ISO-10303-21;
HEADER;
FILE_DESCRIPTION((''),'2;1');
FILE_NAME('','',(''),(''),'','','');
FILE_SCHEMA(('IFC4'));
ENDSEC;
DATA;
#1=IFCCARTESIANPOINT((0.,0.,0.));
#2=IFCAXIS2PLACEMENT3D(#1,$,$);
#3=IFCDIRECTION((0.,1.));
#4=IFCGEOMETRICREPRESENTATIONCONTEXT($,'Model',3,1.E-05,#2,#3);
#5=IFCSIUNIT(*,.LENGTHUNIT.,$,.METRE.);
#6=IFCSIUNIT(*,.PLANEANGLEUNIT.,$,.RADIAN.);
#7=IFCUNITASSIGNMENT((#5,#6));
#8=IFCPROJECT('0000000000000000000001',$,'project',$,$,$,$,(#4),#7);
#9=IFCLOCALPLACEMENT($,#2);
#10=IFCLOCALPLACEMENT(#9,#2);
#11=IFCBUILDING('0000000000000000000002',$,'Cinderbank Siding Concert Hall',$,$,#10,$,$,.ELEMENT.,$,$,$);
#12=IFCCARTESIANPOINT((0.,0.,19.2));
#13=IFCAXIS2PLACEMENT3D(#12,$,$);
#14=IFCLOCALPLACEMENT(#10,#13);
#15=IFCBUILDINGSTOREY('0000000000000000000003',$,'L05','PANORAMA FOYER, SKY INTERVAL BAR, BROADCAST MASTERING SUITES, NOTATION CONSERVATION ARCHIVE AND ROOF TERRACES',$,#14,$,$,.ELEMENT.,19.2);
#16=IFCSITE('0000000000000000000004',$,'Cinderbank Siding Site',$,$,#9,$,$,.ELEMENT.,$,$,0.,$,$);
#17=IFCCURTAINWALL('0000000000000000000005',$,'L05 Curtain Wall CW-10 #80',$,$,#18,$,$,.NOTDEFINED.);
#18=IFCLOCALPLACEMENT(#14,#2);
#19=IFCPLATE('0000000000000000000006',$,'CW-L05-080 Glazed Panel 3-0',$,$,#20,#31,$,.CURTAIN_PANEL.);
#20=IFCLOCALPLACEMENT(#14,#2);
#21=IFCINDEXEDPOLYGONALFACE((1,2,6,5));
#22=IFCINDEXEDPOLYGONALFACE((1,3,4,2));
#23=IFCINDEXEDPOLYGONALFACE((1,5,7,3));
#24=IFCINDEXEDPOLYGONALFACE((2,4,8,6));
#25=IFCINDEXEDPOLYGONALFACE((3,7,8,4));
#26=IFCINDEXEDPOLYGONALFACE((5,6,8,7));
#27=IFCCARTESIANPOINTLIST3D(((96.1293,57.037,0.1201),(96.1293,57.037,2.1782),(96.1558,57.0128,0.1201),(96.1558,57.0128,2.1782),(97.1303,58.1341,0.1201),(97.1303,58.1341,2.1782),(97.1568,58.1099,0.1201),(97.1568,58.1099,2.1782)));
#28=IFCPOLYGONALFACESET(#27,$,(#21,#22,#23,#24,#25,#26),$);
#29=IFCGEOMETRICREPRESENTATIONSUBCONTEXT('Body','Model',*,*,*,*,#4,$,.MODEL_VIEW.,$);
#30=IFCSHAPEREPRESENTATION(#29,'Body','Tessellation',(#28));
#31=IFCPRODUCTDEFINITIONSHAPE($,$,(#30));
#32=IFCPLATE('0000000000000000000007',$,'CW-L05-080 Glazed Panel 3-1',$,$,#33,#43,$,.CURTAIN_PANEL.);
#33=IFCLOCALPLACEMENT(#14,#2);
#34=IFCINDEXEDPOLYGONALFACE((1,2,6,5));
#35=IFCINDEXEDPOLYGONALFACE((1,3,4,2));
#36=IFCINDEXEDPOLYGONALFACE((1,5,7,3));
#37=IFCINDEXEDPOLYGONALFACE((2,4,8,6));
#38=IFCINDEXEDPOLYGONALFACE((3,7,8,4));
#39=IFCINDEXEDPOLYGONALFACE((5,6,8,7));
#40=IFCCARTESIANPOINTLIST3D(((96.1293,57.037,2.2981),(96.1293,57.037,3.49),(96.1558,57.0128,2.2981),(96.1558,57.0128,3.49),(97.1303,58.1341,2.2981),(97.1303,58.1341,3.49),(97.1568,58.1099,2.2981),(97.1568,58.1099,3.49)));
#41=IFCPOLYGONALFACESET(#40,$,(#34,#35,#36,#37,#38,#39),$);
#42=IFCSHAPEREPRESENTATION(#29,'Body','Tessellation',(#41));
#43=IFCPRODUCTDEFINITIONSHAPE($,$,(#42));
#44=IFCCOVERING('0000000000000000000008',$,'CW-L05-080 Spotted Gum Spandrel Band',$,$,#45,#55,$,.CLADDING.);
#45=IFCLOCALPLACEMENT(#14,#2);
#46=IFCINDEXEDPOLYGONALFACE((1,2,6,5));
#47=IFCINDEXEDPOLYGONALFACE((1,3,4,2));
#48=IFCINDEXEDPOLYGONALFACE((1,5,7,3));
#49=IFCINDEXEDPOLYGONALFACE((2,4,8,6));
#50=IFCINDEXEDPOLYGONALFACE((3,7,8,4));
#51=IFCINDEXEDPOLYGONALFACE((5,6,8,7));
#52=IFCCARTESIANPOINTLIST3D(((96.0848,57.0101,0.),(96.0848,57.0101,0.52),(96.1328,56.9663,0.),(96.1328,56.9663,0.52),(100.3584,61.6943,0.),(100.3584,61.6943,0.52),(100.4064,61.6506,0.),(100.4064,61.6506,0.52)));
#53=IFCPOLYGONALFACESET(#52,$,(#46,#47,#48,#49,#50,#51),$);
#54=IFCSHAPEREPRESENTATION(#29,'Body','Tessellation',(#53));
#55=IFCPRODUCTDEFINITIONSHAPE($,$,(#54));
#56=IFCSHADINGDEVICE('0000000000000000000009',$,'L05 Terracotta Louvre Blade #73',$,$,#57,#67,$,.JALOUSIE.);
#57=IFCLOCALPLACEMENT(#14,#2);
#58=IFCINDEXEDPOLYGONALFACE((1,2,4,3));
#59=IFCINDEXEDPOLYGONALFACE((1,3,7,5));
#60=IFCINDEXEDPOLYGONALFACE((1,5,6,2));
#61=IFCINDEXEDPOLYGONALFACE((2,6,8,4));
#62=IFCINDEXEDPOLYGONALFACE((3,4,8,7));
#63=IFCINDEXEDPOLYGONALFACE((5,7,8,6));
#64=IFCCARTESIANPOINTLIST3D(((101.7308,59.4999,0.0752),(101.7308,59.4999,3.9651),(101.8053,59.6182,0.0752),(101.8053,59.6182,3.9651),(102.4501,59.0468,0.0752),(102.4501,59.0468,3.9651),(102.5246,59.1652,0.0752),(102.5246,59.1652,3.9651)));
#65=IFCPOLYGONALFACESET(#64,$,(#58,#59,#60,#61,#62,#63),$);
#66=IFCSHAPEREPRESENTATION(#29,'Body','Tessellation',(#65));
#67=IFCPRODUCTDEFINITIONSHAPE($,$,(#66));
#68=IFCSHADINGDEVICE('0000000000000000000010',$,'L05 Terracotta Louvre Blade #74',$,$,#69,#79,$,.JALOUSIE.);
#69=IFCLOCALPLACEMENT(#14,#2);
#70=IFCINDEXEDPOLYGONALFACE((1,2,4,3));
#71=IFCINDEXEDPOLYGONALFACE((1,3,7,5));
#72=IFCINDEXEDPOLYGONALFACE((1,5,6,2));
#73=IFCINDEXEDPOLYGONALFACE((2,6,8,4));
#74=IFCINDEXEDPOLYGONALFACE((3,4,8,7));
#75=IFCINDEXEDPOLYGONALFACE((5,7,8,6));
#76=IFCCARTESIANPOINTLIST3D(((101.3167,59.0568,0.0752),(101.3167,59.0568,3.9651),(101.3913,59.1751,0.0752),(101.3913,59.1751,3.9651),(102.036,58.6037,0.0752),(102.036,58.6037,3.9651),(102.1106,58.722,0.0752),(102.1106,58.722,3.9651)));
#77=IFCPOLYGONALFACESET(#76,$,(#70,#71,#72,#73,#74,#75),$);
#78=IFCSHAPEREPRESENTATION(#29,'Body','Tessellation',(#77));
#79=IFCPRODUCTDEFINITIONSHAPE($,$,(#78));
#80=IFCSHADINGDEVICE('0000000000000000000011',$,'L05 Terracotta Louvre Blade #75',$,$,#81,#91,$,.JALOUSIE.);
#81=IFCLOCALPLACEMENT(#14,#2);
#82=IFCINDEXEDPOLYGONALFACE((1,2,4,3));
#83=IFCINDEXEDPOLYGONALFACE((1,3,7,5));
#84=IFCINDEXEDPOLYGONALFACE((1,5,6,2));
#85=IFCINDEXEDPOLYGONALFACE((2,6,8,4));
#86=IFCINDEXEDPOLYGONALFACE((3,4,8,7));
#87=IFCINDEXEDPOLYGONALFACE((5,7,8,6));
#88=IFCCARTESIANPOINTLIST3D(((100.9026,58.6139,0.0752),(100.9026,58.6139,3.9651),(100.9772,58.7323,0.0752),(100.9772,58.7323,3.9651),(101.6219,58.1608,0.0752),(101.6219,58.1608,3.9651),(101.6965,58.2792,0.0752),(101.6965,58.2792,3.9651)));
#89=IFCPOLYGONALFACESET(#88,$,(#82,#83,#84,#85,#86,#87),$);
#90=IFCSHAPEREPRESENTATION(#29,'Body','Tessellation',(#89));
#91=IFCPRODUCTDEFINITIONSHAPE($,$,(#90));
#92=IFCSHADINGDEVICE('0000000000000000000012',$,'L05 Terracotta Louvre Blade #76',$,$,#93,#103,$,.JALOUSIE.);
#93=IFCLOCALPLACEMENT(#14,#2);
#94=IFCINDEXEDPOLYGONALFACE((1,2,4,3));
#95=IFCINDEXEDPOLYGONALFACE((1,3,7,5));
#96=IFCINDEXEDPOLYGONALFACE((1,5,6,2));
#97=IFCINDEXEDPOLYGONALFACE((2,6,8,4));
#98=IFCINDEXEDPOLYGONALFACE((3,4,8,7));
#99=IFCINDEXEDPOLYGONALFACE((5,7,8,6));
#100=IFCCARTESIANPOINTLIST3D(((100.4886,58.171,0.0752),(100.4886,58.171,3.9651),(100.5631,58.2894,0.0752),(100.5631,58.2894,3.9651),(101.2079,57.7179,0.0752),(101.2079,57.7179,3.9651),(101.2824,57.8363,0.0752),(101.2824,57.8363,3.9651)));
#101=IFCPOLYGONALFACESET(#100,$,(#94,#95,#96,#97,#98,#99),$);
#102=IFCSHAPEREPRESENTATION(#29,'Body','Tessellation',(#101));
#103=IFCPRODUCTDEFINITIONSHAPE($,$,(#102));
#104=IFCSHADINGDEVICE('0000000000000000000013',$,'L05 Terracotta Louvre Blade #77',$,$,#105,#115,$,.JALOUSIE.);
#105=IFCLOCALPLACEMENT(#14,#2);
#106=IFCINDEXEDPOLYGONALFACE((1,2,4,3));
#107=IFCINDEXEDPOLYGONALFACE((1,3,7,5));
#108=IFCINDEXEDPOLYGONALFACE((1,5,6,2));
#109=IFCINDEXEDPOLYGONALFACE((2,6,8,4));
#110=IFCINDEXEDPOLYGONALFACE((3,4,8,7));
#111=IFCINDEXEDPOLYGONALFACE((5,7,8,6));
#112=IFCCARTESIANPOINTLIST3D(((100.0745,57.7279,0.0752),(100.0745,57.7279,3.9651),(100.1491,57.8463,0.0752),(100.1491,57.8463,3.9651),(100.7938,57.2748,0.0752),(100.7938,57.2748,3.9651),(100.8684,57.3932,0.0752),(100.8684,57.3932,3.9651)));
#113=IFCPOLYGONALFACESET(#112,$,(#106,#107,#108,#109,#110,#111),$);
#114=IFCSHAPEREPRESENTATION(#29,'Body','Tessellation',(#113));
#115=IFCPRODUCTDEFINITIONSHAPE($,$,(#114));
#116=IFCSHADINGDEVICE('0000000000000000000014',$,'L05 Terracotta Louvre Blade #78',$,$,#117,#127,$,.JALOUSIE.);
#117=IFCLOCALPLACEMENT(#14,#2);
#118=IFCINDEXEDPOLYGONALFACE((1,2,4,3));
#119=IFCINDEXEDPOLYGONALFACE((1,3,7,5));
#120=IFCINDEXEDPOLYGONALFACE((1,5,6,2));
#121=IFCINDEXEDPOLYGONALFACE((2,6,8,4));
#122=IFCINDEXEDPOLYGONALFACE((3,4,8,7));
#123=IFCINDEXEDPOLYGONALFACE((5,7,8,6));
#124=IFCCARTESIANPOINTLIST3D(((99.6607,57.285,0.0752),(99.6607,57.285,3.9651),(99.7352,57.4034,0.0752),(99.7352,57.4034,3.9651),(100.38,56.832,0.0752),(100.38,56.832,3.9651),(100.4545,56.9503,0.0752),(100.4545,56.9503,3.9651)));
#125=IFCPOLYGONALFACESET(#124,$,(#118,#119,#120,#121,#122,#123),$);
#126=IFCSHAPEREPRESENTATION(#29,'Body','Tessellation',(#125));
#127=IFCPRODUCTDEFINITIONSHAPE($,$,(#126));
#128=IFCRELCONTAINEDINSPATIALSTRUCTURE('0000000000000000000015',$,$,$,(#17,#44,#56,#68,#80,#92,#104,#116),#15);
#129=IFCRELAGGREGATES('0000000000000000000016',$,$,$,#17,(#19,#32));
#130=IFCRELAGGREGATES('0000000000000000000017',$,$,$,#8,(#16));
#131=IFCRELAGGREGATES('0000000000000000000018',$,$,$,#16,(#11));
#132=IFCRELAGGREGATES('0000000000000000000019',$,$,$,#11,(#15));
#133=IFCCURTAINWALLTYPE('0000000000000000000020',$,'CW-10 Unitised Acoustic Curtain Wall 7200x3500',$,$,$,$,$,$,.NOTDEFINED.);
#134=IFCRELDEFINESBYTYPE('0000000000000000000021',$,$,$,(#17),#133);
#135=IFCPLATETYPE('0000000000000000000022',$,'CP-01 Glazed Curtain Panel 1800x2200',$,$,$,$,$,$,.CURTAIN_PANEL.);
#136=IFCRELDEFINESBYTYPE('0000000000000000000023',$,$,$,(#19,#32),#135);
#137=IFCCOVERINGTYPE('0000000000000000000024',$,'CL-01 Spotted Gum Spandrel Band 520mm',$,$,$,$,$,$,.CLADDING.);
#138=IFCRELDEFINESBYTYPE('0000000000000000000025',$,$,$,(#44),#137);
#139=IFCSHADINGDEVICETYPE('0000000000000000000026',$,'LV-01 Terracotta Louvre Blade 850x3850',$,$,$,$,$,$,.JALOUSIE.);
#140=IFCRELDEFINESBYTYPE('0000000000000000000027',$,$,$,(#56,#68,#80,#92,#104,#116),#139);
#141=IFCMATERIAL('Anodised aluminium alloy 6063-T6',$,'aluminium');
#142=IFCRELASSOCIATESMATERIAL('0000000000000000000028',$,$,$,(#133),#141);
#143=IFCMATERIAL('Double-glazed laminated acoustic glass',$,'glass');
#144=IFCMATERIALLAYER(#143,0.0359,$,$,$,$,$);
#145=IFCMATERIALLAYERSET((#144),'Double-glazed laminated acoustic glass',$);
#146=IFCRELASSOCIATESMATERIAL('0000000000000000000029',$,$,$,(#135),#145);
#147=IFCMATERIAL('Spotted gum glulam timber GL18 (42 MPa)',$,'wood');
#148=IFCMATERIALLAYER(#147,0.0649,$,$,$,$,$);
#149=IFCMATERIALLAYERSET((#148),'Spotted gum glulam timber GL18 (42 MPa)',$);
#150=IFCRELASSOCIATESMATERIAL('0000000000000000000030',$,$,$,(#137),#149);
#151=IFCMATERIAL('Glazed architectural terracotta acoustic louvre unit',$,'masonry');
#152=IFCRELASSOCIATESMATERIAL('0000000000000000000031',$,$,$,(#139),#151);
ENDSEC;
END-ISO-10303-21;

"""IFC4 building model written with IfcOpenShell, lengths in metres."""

from ifc_helpers import new_model, si_unit, direction, frame, origin, origin_2d, place, context, subcontext, project, spatial, rectangle, extrude, material, layer, layer_set, type_object, element, aggregate, save


model = new_model("IFC4")

# Units and contexts
model_context = context("Model", 3, precision=1e-05, world=origin(), true_north=direction((0.0, 1.0)))
body_context = subcontext(model_context, "Body", "Model", "MODEL_VIEW")
ifc_project = project(units=[si_unit("LENGTHUNIT", "METRE"), si_unit("PLANEANGLEUNIT", "RADIAN")], contexts=[model_context])

# Site, building, storey
site_placement = place(None, origin())
site = spatial("IfcSite", under=ifc_project, at=site_placement, Name="Cinderbank Siding Site", CompositionType="ELEMENT", RefElevation=0.0)
building_placement = place(site_placement, origin())
building = spatial("IfcBuilding", under=site, at=building_placement, Name="Cinderbank Siding Concert Hall", CompositionType="ELEMENT")
storey_placement = place(building_placement, frame((0.0, 0.0, 19.2)))
storey = spatial("IfcBuildingStorey", under=building, at=storey_placement, Name="L05", Description="PANORAMA FOYER, SKY INTERVAL BAR, BROADCAST MASTERING SUITES, NOTATION CONSERVATION ARCHIVE AND ROOF TERRACES", CompositionType="ELEMENT", Elevation=19.2)

# Curtain wall, plates
ifc_material_1 = material(Name="Anodised aluminium alloy 6063-T6", Category="aluminium")
curtain_wall_type = type_object("IfcCurtainWallType", Name="CW-10 Unitised Acoustic Curtain Wall 7200x3500", PredefinedType="NOTDEFINED", material=ifc_material_1)
curtain_wall_placement = place(storey_placement, origin())
curtain_wall = element("IfcCurtainWall", 1, at=curtain_wall_placement, inside=storey, type_object=curtain_wall_type, Name="L05 Curtain Wall CW-10 #80", PredefinedType="NOTDEFINED")
ifc_material_2 = material(Name="Double-glazed laminated acoustic glass", Category="glass")
ifc_layer_1 = layer(ifc_material_2, 0.0359)
ifc_layer_set_1 = layer_set([ifc_layer_1], Name="Double-glazed laminated acoustic glass")
plate_type = type_object("IfcPlateType", Name="CP-01 Glazed Curtain Panel 1800x2200", PredefinedType="CURTAIN_PANEL", material=ifc_layer_set_1)
plate_1_placement = place(storey_placement, frame((96.6431, 57.5735, 0.1201), z_axis=(0.0, 0.0, 1.0), x_axis=(-0.673989, -0.738742, 0.0)))
plate_1 = element("IfcPlate", 2, at=plate_1_placement, type_object=plate_type, Name="CW-L05-080 Glazed Panel 3-0", PredefinedType="CURTAIN_PANEL", context=body_context, shape_type="SweptSolid", body=[
    extrude(rectangle(XDim=1.4851, YDim=0.0359, at=origin_2d()), origin(), (0.0, 0.0, 1.0), 2.0581),
])
plate_2_placement = place(storey_placement, frame((96.6431, 57.5735, 2.2981), z_axis=(0.0, 0.0, 1.0), x_axis=(-0.673989, -0.738742, 0.0)))
plate_2 = element("IfcPlate", 3, at=plate_2_placement, type_object=plate_type, Name="CW-L05-080 Glazed Panel 3-1", PredefinedType="CURTAIN_PANEL", context=body_context, shape_type="SweptSolid", body=[
    extrude(rectangle(XDim=1.4851, YDim=0.0359, at=origin_2d()), origin(), (0.0, 0.0, 1.0), 1.1919),
])
aggregate(curtain_wall, [plate_1, plate_2])

# Covering
ifc_material_3 = material(Name="Spotted gum glulam timber GL18 (42 MPa)", Category="wood")
ifc_layer_2 = layer(ifc_material_3, 0.0649)
ifc_layer_set_2 = layer_set([ifc_layer_2], Name="Spotted gum glulam timber GL18 (42 MPa)")
covering_type = type_object("IfcCoveringType", Name="CL-01 Spotted Gum Spandrel Band 520mm", PredefinedType="CLADDING", material=ifc_layer_set_2)
covering_placement = place(storey_placement, frame((98.2456, 59.3303, 0.0), z_axis=(0.0, 0.0, 1.0), x_axis=(-0.673989, -0.738742, 0.0)))
element("IfcCovering", 4, at=covering_placement, inside=storey, type_object=covering_type, Name="CW-L05-080 Spotted Gum Spandrel Band", PredefinedType="CLADDING", context=body_context, shape_type="SweptSolid", body=[
    extrude(rectangle(XDim=6.3408, YDim=0.0649, at=origin_2d()), origin(), (0.0, 0.0, 1.0), 0.52),
])

# Shading devices
ifc_material_4 = material(Name="Glazed architectural terracotta acoustic louvre unit", Category="masonry")
shading_device_type = type_object("IfcShadingDeviceType", Name="LV-01 Terracotta Louvre Blade 850x3850", PredefinedType="JALOUSIE", material=ifc_material_4)
for number, where, z_axis, x_axis, name in (
    (5, (102.1277, 59.3325, 0.0752), (0.0, 0.0, 1.0), (-0.846132, 0.532973, 0.0), "L05 Terracotta Louvre Blade #73"),
    (6, (101.7136, 58.8894, 0.0752), (0.0, 0.0, 1.0), (-0.846132, 0.532973, 0.0), "L05 Terracotta Louvre Blade #74"),
    (7, (101.2996, 58.4465, 0.0752), (0.0, 0.0, 1.0), (-0.846132, 0.532973, 0.0), "L05 Terracotta Louvre Blade #75"),
    (8, (100.8855, 58.0037, 0.0752), (0.0, 0.0, 1.0), (-0.846132, 0.532973, 0.0), "L05 Terracotta Louvre Blade #76"),
    (9, (100.4714, 57.5605, 0.0752), (0.0, 0.0, 1.0), (-0.846132, 0.532973, 0.0), "L05 Terracotta Louvre Blade #77"),
    (10, (100.0576, 57.1177, 0.0752), (0.0, 0.0, 1.0), (-0.846132, 0.532973, 0.0), "L05 Terracotta Louvre Blade #78"),
):
    element("IfcShadingDevice", number, at=place(storey_placement, frame(where, z_axis=z_axis, x_axis=x_axis)), inside=storey, type_object=shading_device_type, Name=name, PredefinedType="JALOUSIE", context=body_context, shape_type="SweptSolid", body=[
        extrude(rectangle(XDim=0.8501, YDim=0.1399, at=origin_2d()), origin(), (0.0, 0.0, 1.0), 3.8899),
    ])

save(model, "model.ifc")
